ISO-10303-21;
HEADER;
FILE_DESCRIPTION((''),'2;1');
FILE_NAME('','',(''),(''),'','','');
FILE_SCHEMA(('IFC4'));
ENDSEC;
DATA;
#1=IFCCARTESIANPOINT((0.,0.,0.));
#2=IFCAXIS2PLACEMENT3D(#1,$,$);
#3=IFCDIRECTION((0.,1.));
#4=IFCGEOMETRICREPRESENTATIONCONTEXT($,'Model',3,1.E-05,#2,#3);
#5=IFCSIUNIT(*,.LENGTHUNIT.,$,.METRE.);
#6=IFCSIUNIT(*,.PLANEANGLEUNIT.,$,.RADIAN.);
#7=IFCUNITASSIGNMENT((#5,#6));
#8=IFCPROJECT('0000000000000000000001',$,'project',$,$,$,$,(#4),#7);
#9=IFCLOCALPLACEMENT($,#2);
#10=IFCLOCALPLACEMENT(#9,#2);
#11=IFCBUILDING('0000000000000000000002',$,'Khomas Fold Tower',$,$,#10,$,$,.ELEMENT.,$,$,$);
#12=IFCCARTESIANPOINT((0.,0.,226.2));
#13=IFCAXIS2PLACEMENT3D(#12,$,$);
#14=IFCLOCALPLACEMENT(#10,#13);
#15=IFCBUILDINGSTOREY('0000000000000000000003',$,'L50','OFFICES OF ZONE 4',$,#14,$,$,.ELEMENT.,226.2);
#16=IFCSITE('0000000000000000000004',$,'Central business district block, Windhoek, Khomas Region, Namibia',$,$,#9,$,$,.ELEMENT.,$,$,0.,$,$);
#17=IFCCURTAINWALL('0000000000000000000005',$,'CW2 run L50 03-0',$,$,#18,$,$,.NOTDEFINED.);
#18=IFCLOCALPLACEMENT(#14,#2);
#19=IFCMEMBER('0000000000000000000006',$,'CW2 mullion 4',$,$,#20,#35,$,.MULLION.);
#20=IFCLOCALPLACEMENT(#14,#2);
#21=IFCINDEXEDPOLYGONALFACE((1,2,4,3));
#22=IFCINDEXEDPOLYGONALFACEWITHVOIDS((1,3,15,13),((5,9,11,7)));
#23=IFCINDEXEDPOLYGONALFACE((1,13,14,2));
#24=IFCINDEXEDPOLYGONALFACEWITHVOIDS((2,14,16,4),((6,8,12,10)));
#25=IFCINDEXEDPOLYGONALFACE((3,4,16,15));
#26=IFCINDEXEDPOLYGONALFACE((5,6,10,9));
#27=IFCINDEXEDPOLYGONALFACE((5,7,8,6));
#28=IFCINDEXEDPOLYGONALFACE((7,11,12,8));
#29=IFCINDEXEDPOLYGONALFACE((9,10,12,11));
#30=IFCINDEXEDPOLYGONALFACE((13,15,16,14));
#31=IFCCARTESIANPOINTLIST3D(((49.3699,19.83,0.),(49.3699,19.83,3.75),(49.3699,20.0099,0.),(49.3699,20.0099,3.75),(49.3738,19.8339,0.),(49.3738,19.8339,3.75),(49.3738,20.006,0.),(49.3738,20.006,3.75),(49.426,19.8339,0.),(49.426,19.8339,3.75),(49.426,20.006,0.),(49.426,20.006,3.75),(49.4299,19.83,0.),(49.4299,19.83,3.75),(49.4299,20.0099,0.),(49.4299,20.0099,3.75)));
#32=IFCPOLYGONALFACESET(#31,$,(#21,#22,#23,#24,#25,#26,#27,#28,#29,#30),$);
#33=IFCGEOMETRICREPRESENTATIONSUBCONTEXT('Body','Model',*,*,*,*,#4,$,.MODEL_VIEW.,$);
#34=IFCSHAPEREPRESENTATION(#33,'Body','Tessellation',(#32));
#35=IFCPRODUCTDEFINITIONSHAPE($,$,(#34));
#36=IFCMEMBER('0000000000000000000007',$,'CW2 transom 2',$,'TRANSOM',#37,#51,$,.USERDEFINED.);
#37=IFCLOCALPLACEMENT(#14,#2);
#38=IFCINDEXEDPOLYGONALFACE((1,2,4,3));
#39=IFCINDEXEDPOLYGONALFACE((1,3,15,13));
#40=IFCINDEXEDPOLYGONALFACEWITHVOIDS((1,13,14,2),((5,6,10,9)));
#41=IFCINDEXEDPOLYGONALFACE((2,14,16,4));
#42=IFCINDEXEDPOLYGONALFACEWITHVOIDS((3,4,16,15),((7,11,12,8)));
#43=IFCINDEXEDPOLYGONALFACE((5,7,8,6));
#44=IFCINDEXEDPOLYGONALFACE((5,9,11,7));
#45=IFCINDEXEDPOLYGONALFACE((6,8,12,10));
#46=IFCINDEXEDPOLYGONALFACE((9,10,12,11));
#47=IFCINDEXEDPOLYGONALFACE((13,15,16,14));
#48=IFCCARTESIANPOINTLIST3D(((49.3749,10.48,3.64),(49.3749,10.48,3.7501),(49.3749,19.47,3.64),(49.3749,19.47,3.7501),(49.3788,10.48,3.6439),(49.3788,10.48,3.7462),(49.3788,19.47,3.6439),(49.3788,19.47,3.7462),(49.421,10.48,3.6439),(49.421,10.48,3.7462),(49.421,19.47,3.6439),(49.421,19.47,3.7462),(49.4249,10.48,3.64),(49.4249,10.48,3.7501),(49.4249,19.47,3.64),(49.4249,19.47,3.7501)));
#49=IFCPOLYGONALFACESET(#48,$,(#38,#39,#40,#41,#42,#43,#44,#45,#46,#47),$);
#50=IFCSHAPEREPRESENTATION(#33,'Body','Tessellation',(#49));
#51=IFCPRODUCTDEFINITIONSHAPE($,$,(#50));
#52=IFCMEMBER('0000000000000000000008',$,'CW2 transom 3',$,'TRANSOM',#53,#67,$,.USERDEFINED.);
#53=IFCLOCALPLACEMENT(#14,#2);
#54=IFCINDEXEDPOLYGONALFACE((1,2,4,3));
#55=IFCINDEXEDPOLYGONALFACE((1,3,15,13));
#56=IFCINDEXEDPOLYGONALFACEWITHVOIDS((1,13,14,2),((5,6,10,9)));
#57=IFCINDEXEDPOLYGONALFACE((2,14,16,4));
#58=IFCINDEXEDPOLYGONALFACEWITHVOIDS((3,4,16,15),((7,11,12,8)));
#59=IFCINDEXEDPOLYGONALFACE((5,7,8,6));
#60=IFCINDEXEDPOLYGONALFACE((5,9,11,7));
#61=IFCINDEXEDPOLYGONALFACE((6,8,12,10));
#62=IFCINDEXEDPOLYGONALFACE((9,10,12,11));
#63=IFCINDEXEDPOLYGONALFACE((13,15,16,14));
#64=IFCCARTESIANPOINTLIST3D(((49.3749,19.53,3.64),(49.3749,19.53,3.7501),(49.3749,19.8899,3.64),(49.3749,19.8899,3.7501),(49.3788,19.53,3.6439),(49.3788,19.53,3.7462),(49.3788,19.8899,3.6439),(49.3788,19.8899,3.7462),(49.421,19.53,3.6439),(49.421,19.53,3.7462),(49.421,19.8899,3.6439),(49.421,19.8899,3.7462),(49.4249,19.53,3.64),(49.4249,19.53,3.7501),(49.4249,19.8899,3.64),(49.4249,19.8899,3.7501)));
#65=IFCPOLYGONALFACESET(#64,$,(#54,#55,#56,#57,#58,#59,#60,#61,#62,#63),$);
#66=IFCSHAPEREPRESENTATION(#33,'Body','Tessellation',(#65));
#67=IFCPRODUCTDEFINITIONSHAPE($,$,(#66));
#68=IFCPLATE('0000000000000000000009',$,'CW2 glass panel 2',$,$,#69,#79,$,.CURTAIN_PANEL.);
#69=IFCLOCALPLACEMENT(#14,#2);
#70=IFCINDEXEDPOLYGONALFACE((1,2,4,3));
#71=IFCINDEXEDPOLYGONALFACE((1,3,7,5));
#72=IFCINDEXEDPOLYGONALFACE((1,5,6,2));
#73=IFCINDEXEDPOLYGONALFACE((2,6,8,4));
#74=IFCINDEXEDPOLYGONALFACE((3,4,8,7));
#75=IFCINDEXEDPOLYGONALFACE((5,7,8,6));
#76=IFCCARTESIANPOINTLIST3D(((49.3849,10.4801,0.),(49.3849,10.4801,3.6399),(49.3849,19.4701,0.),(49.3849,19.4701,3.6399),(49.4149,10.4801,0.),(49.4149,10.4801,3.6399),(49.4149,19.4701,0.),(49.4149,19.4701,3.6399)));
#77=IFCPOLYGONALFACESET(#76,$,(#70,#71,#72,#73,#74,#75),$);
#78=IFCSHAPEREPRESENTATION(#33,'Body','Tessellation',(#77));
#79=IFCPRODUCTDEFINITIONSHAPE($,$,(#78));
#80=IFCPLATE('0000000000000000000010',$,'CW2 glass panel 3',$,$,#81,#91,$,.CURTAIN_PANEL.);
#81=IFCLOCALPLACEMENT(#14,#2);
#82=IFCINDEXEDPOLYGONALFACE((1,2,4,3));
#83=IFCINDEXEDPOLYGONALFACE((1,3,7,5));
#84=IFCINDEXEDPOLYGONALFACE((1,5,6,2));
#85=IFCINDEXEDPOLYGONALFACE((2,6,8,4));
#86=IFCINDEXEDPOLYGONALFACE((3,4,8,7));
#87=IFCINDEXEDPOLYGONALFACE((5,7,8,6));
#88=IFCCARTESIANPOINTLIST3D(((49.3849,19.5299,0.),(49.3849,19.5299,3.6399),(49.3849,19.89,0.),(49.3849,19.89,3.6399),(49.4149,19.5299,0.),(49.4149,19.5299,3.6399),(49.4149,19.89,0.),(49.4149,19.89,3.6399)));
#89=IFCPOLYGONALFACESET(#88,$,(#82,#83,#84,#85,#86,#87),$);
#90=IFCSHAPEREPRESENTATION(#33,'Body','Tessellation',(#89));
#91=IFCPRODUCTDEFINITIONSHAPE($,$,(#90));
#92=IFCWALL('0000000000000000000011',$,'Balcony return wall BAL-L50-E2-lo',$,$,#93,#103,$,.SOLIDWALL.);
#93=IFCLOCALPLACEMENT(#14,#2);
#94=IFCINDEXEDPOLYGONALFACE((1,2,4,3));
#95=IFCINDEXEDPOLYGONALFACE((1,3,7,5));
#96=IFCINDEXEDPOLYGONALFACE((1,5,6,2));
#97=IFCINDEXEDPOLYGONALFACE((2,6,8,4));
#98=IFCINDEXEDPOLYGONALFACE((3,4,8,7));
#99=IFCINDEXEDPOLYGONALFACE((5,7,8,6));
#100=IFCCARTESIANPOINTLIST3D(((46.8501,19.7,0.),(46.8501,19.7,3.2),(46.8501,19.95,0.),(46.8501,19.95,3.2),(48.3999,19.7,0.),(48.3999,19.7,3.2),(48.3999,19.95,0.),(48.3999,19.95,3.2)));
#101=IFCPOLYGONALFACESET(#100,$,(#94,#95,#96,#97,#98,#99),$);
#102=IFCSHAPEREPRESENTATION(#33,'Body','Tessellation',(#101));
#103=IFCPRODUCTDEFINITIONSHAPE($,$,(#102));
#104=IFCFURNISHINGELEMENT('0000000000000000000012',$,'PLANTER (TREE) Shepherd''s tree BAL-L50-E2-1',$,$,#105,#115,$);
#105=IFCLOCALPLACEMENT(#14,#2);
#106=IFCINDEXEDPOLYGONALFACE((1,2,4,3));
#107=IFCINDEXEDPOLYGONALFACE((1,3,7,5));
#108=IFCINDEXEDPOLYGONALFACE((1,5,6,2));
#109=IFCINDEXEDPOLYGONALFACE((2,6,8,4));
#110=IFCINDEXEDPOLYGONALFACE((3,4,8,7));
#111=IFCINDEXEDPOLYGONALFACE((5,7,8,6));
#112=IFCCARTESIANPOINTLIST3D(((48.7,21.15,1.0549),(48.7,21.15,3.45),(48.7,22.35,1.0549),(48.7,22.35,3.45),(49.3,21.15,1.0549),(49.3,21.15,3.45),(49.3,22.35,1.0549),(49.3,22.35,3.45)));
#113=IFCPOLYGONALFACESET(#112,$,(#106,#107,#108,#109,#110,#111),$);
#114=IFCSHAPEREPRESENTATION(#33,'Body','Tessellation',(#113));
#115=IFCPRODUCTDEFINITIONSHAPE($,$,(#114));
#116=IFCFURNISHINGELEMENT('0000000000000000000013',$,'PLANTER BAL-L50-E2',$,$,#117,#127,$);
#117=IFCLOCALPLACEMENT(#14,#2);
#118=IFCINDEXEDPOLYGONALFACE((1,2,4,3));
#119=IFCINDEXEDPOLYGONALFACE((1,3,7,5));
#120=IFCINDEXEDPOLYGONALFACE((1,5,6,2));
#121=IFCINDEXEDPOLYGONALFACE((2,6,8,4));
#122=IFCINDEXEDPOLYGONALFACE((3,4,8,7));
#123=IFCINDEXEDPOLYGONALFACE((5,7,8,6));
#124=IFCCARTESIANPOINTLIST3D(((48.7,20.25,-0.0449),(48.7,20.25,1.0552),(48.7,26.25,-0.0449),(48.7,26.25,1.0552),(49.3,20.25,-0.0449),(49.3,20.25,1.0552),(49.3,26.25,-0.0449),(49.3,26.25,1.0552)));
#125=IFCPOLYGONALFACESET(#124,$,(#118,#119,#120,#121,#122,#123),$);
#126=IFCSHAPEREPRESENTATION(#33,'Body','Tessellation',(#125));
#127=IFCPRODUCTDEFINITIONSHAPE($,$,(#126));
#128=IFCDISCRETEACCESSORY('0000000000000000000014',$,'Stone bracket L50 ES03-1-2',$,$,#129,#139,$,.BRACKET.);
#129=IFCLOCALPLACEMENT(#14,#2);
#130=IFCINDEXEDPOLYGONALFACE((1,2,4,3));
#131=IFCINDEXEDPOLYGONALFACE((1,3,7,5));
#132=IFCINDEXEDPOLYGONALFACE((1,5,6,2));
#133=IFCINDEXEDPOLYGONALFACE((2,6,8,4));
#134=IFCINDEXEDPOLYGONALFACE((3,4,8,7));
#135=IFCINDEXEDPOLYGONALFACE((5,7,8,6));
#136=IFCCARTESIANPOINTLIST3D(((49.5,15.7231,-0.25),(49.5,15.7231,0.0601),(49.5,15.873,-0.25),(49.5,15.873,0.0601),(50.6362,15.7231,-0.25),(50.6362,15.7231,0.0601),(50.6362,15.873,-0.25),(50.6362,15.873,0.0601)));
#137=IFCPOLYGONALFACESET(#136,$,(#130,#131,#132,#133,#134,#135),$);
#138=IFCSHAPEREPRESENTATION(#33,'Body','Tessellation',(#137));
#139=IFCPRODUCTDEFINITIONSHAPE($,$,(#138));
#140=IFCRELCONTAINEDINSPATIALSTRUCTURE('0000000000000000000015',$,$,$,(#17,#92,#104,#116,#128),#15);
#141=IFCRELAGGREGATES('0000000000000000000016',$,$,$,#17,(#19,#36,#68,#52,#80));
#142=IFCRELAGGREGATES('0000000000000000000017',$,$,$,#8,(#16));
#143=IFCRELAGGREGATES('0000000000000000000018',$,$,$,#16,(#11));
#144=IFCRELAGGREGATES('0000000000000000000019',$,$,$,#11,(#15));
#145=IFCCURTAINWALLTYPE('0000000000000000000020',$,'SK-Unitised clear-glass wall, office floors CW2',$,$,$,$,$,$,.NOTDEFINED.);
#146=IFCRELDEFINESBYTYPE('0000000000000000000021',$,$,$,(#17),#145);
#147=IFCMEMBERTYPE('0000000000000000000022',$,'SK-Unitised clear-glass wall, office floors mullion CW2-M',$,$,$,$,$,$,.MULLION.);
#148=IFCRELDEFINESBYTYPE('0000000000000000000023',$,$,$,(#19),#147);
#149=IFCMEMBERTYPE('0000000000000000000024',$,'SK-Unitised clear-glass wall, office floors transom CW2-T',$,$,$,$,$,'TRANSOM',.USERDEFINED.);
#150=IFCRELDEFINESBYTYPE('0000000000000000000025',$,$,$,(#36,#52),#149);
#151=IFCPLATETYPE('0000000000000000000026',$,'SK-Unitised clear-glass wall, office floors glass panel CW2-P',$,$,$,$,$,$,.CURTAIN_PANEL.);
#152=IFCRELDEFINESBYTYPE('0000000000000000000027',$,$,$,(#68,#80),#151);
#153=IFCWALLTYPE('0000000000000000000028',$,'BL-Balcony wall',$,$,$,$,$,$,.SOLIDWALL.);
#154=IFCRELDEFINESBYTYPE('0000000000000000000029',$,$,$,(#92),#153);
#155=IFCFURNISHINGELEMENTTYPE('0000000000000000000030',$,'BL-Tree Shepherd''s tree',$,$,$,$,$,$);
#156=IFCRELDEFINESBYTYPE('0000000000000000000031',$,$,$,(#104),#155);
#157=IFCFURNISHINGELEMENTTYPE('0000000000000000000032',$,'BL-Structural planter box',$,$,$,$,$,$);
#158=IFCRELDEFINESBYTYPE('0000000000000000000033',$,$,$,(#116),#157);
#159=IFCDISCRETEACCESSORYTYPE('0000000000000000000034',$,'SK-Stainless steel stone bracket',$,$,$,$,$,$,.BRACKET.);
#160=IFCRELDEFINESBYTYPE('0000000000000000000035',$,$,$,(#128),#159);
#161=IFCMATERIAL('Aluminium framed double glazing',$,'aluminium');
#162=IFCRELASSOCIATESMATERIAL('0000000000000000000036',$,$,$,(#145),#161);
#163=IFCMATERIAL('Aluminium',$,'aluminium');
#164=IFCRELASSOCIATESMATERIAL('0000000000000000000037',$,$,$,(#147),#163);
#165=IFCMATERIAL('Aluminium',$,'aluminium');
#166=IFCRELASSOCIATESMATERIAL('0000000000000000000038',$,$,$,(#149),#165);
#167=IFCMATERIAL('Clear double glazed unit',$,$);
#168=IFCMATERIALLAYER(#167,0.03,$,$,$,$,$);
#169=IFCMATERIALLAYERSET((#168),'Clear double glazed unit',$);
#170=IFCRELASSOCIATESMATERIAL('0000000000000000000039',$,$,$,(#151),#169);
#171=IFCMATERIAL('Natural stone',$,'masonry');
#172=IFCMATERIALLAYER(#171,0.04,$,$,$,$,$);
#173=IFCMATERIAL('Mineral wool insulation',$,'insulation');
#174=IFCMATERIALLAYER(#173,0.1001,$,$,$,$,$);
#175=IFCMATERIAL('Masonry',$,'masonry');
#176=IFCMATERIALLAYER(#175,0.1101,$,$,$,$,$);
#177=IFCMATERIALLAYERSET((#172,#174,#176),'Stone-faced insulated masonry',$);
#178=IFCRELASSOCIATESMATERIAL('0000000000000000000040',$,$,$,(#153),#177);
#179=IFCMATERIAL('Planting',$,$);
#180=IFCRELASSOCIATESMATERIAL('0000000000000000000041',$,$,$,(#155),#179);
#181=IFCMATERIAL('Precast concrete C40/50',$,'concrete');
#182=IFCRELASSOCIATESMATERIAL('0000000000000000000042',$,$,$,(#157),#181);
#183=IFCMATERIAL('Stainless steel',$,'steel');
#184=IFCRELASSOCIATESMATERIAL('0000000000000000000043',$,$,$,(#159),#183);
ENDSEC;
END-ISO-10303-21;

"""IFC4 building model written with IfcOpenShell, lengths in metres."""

from ifc_helpers import new_model, si_unit, direction, frame, frame_2d, origin, origin_2d, place, context, subcontext, project, spatial, rectangle, hollow_rectangle, extrude, source, transform, mapped, material, layer, layer_set, material_profile, profile_set, type_object, element, aggregate, save


model = new_model("IFC4")

# Units and contexts
model_context = context("Model", 3, precision=1e-05, world=origin(), true_north=direction((0.0, 1.0)))
body_context = subcontext(model_context, "Body", "Model", "MODEL_VIEW")
ifc_project = project(units=[si_unit("LENGTHUNIT", "METRE"), si_unit("PLANEANGLEUNIT", "RADIAN")], contexts=[model_context])

# Site, building, storey
site_placement = place(None, origin())
site = spatial("IfcSite", under=ifc_project, at=site_placement, Name="Central business district block, Windhoek, Khomas Region, Namibia", CompositionType="ELEMENT", RefElevation=0.0)
building_placement = place(site_placement, origin())
building = spatial("IfcBuilding", under=site, at=building_placement, Name="Khomas Fold Tower", CompositionType="ELEMENT")
storey_placement = place(building_placement, frame((0.0, 0.0, 226.2)))
storey = spatial("IfcBuildingStorey", under=building, at=storey_placement, Name="L50", Description="OFFICES OF ZONE 4", CompositionType="ELEMENT", Elevation=226.2)

# Curtain wall, members, plates
ifc_material_1 = material(Name="Aluminium framed double glazing", Category="aluminium")
curtain_wall_type = type_object("IfcCurtainWallType", Name="SK-Unitised clear-glass wall, office floors CW2", PredefinedType="NOTDEFINED", material=ifc_material_1)
curtain_wall_placement = place(storey_placement, origin())
curtain_wall = element("IfcCurtainWall", 1, at=curtain_wall_placement, inside=storey, type_object=curtain_wall_type, Name="CW2 run L50 03-0", PredefinedType="NOTDEFINED")
ifc_material_2 = material(Name="Aluminium", Category="aluminium")
ifc_material_profile_1 = material_profile(ifc_material_2, hollow_rectangle(XDim=0.0601, YDim=0.1799, WallThickness=0.0039, at=origin_2d()), Name="SK-Unitised clear-glass wall, office floors mullion CW2-M")
ifc_profile_set_1 = profile_set([ifc_material_profile_1], Name="Aluminium")
member_type_1 = type_object("IfcMemberType", Name="SK-Unitised clear-glass wall, office floors mullion CW2-M", PredefinedType="MULLION", material=ifc_profile_set_1)
shared_shape_1 = source(origin(), body_context, "Body", "SweptSolid", [
    extrude(hollow_rectangle(XDim=0.0601, YDim=0.1799, WallThickness=0.0039, at=origin_2d()), origin(), (0.0, 0.0, 1.0), 3.75),
])
member_1_placement = place(storey_placement, frame((49.3999, 19.9199, 0.0), z_axis=(0.0, 0.0, 1.0), x_axis=(-1.0, 0.0, 0.0)))
member_1 = element("IfcMember", 2, at=member_1_placement, type_object=member_type_1, Name="CW2 mullion 4", PredefinedType="MULLION", context=body_context, shape_type="MappedRepresentation", body=[
    mapped(shared_shape_1, transform((0.0, 0.0, 0.0))),
])
ifc_material_3 = material(Name="Aluminium", Category="aluminium")
ifc_material_profile_2 = material_profile(ifc_material_3, hollow_rectangle(XDim=0.05, YDim=0.1101, WallThickness=0.0039, at=origin_2d()), Name="SK-Unitised clear-glass wall, office floors transom CW2-T")
ifc_profile_set_2 = profile_set([ifc_material_profile_2], Name="Aluminium")
member_type_2 = type_object("IfcMemberType", Name="SK-Unitised clear-glass wall, office floors transom CW2-T", ElementType="TRANSOM", PredefinedType="USERDEFINED", material=ifc_profile_set_2)
shared_shape_2 = source(origin(), body_context, "Body", "SweptSolid", [
    extrude(hollow_rectangle(XDim=0.05, YDim=0.1101, WallThickness=0.0039, at=origin_2d()), origin(), (0.0, 0.0, 1.0), 8.99),
])
member_2_placement = place(storey_placement, frame((49.3999, 10.48, 3.6951), z_axis=(0.0, 1.0, 0.0), x_axis=(-1.0, 0.0, 0.0)))
member_2 = element("IfcMember", 3, at=member_2_placement, type_object=member_type_2, Name="CW2 transom 2", ObjectType="TRANSOM", PredefinedType="USERDEFINED", context=body_context, shape_type="MappedRepresentation", body=[
    mapped(shared_shape_2, transform((0.0, 0.0, 0.0))),
])
shared_shape_3 = source(origin(), body_context, "Body", "SweptSolid", [
    extrude(hollow_rectangle(XDim=0.05, YDim=0.1101, WallThickness=0.0039, at=origin_2d()), origin(), (0.0, 0.0, 1.0), 0.3599),
])
member_3_placement = place(storey_placement, frame((49.3999, 19.53, 3.6951), z_axis=(0.0, 1.0, 0.0), x_axis=(-1.0, 0.0, 0.0)))
member_3 = element("IfcMember", 4, at=member_3_placement, type_object=member_type_2, Name="CW2 transom 3", ObjectType="TRANSOM", PredefinedType="USERDEFINED", context=body_context, shape_type="MappedRepresentation", body=[
    mapped(shared_shape_3, transform((0.0, 0.0, 0.0))),
])
ifc_material_4 = material(Name="Clear double glazed unit")
ifc_layer_1 = layer(ifc_material_4, 0.03)
ifc_layer_set_1 = layer_set([ifc_layer_1], Name="Clear double glazed unit")
plate_type = type_object("IfcPlateType", Name="SK-Unitised clear-glass wall, office floors glass panel CW2-P", PredefinedType="CURTAIN_PANEL", material=ifc_layer_set_1)
shared_shape_4 = source(origin(), body_context, "Body", "SweptSolid", [
    extrude(rectangle(XDim=8.99, YDim=0.03, at=origin_2d()), origin(), (0.0, 0.0, 1.0), 3.6399),
])
plate_1_placement = place(storey_placement, frame((49.3999, 14.9751, 0.0), z_axis=(0.0, 0.0, 1.0), x_axis=(0.0, 1.0, 0.0)))
plate_1 = element("IfcPlate", 5, at=plate_1_placement, type_object=plate_type, Name="CW2 glass panel 2", PredefinedType="CURTAIN_PANEL", context=body_context, shape_type="MappedRepresentation", body=[
    mapped(shared_shape_4, transform((0.0, 0.0, 0.0))),
])
shared_shape_5 = source(origin(), body_context, "Body", "SweptSolid", [
    extrude(rectangle(XDim=0.3601, YDim=0.03, at=origin_2d()), origin(), (0.0, 0.0, 1.0), 3.6399),
])
plate_2_placement = place(storey_placement, frame((49.3999, 19.71, 0.0), z_axis=(0.0, 0.0, 1.0), x_axis=(0.0, 1.0, 0.0)))
plate_2 = element("IfcPlate", 6, at=plate_2_placement, type_object=plate_type, Name="CW2 glass panel 3", PredefinedType="CURTAIN_PANEL", context=body_context, shape_type="MappedRepresentation", body=[
    mapped(shared_shape_5, transform((0.0, 0.0, 0.0))),
])
aggregate(curtain_wall, [member_1, member_2, plate_1, member_3, plate_2])

# Shared definitions
ifc_material_5 = material(Name="Natural stone", Category="masonry")
ifc_layer_2 = layer(ifc_material_5, 0.04)
ifc_material_6 = material(Name="Mineral wool insulation", Category="insulation")
ifc_layer_3 = layer(ifc_material_6, 0.1001)
ifc_material_7 = material(Name="Masonry", Category="masonry")
ifc_layer_4 = layer(ifc_material_7, 0.1101)
ifc_layer_set_2 = layer_set([ifc_layer_2, ifc_layer_3, ifc_layer_4], Name="Stone-faced insulated masonry")
wall_type = type_object("IfcWallType", Name="BL-Balcony wall", PredefinedType="SOLIDWALL", material=ifc_layer_set_2)

# Wall
shared_shape_6 = source(origin(), body_context, "Body", "SweptSolid", [
    extrude(rectangle(XDim=1.5498, YDim=0.25, at=frame_2d((0.7749, 0.0))), origin(), (0.0, 0.0, 1.0), 3.2),
])
wall_1_placement = place(storey_placement, frame((48.3999, 19.825, 0.0), z_axis=(0.0, 0.0, 1.0), x_axis=(-1.0, 0.0, 0.0)))
element("IfcWall", 7, at=wall_1_placement, inside=storey, type_object=wall_type, Name="Balcony return wall BAL-L50-E2-lo", PredefinedType="SOLIDWALL", context=body_context, shape_type="MappedRepresentation", body=[
    mapped(shared_shape_6, transform((0.0, 0.0, 0.0))),
])

# Furnishing elements
ifc_material_8 = material(Name="Planting")
furnishing_element_type_1 = type_object("IfcFurnishingElementType", Name="BL-Tree Shepherd's tree", material=ifc_material_8)
shared_shape_7 = source(origin(), body_context, "Body", "SweptSolid", [
    extrude(rectangle(XDim=1.2, YDim=0.6001, at=origin_2d()), origin(), (0.0, 0.0, 1.0), 2.395),
])
furnishing_1_placement = place(storey_placement, frame((49.0, 21.75, 1.0549), z_axis=(0.0, 0.0, 1.0), x_axis=(0.0, 1.0, 0.0)))
element("IfcFurnishingElement", 8, at=furnishing_1_placement, inside=storey, type_object=furnishing_element_type_1, Name="PLANTER (TREE) Shepherd's tree BAL-L50-E2-1", context=body_context, shape_type="MappedRepresentation", body=[
    mapped(shared_shape_7, transform((0.0, 0.0, 0.0))),
])
ifc_material_9 = material(Name="Precast concrete C40/50", Category="concrete")
furnishing_element_type_2 = type_object("IfcFurnishingElementType", Name="BL-Structural planter box", material=ifc_material_9)
shared_shape_8 = source(origin(), body_context, "Body", "SweptSolid", [
    extrude(rectangle(XDim=6.0, YDim=0.6001, at=origin_2d()), origin(), (0.0, 0.0, 1.0), 1.1001),
])
furnishing_2_placement = place(storey_placement, frame((49.0, 23.25, -0.0449), z_axis=(0.0, 0.0, 1.0), x_axis=(0.0, 1.0, 0.0)))
element("IfcFurnishingElement", 9, at=furnishing_2_placement, inside=storey, type_object=furnishing_element_type_2, Name="PLANTER BAL-L50-E2", context=body_context, shape_type="MappedRepresentation", body=[
    mapped(shared_shape_8, transform((0.0, 0.0, 0.0))),
])

# Discrete accessory
ifc_material_10 = material(Name="Stainless steel", Category="steel")
discrete_accessory_type = type_object("IfcDiscreteAccessoryType", Name="SK-Stainless steel stone bracket", PredefinedType="BRACKET", material=ifc_material_10)
shared_shape_9 = source(origin(), body_context, "Body", "SweptSolid", [
    extrude(rectangle(XDim=1.1362, YDim=0.1499, at=origin_2d()), origin(), (0.0, 0.0, 1.0), 0.3101),
])
discrete_accessory_placement = place(storey_placement, frame((50.0681, 15.7981, -0.25), z_axis=(0.0, 0.0, 1.0), x_axis=(1.0, 0.0, 0.0)))
element("IfcDiscreteAccessory", 10, at=discrete_accessory_placement, inside=storey, type_object=discrete_accessory_type, Name="Stone bracket L50 ES03-1-2", PredefinedType="BRACKET", context=body_context, shape_type="MappedRepresentation", body=[
    mapped(shared_shape_9, transform((0.0, 0.0, 0.0))),
])

save(model, "model.ifc")
